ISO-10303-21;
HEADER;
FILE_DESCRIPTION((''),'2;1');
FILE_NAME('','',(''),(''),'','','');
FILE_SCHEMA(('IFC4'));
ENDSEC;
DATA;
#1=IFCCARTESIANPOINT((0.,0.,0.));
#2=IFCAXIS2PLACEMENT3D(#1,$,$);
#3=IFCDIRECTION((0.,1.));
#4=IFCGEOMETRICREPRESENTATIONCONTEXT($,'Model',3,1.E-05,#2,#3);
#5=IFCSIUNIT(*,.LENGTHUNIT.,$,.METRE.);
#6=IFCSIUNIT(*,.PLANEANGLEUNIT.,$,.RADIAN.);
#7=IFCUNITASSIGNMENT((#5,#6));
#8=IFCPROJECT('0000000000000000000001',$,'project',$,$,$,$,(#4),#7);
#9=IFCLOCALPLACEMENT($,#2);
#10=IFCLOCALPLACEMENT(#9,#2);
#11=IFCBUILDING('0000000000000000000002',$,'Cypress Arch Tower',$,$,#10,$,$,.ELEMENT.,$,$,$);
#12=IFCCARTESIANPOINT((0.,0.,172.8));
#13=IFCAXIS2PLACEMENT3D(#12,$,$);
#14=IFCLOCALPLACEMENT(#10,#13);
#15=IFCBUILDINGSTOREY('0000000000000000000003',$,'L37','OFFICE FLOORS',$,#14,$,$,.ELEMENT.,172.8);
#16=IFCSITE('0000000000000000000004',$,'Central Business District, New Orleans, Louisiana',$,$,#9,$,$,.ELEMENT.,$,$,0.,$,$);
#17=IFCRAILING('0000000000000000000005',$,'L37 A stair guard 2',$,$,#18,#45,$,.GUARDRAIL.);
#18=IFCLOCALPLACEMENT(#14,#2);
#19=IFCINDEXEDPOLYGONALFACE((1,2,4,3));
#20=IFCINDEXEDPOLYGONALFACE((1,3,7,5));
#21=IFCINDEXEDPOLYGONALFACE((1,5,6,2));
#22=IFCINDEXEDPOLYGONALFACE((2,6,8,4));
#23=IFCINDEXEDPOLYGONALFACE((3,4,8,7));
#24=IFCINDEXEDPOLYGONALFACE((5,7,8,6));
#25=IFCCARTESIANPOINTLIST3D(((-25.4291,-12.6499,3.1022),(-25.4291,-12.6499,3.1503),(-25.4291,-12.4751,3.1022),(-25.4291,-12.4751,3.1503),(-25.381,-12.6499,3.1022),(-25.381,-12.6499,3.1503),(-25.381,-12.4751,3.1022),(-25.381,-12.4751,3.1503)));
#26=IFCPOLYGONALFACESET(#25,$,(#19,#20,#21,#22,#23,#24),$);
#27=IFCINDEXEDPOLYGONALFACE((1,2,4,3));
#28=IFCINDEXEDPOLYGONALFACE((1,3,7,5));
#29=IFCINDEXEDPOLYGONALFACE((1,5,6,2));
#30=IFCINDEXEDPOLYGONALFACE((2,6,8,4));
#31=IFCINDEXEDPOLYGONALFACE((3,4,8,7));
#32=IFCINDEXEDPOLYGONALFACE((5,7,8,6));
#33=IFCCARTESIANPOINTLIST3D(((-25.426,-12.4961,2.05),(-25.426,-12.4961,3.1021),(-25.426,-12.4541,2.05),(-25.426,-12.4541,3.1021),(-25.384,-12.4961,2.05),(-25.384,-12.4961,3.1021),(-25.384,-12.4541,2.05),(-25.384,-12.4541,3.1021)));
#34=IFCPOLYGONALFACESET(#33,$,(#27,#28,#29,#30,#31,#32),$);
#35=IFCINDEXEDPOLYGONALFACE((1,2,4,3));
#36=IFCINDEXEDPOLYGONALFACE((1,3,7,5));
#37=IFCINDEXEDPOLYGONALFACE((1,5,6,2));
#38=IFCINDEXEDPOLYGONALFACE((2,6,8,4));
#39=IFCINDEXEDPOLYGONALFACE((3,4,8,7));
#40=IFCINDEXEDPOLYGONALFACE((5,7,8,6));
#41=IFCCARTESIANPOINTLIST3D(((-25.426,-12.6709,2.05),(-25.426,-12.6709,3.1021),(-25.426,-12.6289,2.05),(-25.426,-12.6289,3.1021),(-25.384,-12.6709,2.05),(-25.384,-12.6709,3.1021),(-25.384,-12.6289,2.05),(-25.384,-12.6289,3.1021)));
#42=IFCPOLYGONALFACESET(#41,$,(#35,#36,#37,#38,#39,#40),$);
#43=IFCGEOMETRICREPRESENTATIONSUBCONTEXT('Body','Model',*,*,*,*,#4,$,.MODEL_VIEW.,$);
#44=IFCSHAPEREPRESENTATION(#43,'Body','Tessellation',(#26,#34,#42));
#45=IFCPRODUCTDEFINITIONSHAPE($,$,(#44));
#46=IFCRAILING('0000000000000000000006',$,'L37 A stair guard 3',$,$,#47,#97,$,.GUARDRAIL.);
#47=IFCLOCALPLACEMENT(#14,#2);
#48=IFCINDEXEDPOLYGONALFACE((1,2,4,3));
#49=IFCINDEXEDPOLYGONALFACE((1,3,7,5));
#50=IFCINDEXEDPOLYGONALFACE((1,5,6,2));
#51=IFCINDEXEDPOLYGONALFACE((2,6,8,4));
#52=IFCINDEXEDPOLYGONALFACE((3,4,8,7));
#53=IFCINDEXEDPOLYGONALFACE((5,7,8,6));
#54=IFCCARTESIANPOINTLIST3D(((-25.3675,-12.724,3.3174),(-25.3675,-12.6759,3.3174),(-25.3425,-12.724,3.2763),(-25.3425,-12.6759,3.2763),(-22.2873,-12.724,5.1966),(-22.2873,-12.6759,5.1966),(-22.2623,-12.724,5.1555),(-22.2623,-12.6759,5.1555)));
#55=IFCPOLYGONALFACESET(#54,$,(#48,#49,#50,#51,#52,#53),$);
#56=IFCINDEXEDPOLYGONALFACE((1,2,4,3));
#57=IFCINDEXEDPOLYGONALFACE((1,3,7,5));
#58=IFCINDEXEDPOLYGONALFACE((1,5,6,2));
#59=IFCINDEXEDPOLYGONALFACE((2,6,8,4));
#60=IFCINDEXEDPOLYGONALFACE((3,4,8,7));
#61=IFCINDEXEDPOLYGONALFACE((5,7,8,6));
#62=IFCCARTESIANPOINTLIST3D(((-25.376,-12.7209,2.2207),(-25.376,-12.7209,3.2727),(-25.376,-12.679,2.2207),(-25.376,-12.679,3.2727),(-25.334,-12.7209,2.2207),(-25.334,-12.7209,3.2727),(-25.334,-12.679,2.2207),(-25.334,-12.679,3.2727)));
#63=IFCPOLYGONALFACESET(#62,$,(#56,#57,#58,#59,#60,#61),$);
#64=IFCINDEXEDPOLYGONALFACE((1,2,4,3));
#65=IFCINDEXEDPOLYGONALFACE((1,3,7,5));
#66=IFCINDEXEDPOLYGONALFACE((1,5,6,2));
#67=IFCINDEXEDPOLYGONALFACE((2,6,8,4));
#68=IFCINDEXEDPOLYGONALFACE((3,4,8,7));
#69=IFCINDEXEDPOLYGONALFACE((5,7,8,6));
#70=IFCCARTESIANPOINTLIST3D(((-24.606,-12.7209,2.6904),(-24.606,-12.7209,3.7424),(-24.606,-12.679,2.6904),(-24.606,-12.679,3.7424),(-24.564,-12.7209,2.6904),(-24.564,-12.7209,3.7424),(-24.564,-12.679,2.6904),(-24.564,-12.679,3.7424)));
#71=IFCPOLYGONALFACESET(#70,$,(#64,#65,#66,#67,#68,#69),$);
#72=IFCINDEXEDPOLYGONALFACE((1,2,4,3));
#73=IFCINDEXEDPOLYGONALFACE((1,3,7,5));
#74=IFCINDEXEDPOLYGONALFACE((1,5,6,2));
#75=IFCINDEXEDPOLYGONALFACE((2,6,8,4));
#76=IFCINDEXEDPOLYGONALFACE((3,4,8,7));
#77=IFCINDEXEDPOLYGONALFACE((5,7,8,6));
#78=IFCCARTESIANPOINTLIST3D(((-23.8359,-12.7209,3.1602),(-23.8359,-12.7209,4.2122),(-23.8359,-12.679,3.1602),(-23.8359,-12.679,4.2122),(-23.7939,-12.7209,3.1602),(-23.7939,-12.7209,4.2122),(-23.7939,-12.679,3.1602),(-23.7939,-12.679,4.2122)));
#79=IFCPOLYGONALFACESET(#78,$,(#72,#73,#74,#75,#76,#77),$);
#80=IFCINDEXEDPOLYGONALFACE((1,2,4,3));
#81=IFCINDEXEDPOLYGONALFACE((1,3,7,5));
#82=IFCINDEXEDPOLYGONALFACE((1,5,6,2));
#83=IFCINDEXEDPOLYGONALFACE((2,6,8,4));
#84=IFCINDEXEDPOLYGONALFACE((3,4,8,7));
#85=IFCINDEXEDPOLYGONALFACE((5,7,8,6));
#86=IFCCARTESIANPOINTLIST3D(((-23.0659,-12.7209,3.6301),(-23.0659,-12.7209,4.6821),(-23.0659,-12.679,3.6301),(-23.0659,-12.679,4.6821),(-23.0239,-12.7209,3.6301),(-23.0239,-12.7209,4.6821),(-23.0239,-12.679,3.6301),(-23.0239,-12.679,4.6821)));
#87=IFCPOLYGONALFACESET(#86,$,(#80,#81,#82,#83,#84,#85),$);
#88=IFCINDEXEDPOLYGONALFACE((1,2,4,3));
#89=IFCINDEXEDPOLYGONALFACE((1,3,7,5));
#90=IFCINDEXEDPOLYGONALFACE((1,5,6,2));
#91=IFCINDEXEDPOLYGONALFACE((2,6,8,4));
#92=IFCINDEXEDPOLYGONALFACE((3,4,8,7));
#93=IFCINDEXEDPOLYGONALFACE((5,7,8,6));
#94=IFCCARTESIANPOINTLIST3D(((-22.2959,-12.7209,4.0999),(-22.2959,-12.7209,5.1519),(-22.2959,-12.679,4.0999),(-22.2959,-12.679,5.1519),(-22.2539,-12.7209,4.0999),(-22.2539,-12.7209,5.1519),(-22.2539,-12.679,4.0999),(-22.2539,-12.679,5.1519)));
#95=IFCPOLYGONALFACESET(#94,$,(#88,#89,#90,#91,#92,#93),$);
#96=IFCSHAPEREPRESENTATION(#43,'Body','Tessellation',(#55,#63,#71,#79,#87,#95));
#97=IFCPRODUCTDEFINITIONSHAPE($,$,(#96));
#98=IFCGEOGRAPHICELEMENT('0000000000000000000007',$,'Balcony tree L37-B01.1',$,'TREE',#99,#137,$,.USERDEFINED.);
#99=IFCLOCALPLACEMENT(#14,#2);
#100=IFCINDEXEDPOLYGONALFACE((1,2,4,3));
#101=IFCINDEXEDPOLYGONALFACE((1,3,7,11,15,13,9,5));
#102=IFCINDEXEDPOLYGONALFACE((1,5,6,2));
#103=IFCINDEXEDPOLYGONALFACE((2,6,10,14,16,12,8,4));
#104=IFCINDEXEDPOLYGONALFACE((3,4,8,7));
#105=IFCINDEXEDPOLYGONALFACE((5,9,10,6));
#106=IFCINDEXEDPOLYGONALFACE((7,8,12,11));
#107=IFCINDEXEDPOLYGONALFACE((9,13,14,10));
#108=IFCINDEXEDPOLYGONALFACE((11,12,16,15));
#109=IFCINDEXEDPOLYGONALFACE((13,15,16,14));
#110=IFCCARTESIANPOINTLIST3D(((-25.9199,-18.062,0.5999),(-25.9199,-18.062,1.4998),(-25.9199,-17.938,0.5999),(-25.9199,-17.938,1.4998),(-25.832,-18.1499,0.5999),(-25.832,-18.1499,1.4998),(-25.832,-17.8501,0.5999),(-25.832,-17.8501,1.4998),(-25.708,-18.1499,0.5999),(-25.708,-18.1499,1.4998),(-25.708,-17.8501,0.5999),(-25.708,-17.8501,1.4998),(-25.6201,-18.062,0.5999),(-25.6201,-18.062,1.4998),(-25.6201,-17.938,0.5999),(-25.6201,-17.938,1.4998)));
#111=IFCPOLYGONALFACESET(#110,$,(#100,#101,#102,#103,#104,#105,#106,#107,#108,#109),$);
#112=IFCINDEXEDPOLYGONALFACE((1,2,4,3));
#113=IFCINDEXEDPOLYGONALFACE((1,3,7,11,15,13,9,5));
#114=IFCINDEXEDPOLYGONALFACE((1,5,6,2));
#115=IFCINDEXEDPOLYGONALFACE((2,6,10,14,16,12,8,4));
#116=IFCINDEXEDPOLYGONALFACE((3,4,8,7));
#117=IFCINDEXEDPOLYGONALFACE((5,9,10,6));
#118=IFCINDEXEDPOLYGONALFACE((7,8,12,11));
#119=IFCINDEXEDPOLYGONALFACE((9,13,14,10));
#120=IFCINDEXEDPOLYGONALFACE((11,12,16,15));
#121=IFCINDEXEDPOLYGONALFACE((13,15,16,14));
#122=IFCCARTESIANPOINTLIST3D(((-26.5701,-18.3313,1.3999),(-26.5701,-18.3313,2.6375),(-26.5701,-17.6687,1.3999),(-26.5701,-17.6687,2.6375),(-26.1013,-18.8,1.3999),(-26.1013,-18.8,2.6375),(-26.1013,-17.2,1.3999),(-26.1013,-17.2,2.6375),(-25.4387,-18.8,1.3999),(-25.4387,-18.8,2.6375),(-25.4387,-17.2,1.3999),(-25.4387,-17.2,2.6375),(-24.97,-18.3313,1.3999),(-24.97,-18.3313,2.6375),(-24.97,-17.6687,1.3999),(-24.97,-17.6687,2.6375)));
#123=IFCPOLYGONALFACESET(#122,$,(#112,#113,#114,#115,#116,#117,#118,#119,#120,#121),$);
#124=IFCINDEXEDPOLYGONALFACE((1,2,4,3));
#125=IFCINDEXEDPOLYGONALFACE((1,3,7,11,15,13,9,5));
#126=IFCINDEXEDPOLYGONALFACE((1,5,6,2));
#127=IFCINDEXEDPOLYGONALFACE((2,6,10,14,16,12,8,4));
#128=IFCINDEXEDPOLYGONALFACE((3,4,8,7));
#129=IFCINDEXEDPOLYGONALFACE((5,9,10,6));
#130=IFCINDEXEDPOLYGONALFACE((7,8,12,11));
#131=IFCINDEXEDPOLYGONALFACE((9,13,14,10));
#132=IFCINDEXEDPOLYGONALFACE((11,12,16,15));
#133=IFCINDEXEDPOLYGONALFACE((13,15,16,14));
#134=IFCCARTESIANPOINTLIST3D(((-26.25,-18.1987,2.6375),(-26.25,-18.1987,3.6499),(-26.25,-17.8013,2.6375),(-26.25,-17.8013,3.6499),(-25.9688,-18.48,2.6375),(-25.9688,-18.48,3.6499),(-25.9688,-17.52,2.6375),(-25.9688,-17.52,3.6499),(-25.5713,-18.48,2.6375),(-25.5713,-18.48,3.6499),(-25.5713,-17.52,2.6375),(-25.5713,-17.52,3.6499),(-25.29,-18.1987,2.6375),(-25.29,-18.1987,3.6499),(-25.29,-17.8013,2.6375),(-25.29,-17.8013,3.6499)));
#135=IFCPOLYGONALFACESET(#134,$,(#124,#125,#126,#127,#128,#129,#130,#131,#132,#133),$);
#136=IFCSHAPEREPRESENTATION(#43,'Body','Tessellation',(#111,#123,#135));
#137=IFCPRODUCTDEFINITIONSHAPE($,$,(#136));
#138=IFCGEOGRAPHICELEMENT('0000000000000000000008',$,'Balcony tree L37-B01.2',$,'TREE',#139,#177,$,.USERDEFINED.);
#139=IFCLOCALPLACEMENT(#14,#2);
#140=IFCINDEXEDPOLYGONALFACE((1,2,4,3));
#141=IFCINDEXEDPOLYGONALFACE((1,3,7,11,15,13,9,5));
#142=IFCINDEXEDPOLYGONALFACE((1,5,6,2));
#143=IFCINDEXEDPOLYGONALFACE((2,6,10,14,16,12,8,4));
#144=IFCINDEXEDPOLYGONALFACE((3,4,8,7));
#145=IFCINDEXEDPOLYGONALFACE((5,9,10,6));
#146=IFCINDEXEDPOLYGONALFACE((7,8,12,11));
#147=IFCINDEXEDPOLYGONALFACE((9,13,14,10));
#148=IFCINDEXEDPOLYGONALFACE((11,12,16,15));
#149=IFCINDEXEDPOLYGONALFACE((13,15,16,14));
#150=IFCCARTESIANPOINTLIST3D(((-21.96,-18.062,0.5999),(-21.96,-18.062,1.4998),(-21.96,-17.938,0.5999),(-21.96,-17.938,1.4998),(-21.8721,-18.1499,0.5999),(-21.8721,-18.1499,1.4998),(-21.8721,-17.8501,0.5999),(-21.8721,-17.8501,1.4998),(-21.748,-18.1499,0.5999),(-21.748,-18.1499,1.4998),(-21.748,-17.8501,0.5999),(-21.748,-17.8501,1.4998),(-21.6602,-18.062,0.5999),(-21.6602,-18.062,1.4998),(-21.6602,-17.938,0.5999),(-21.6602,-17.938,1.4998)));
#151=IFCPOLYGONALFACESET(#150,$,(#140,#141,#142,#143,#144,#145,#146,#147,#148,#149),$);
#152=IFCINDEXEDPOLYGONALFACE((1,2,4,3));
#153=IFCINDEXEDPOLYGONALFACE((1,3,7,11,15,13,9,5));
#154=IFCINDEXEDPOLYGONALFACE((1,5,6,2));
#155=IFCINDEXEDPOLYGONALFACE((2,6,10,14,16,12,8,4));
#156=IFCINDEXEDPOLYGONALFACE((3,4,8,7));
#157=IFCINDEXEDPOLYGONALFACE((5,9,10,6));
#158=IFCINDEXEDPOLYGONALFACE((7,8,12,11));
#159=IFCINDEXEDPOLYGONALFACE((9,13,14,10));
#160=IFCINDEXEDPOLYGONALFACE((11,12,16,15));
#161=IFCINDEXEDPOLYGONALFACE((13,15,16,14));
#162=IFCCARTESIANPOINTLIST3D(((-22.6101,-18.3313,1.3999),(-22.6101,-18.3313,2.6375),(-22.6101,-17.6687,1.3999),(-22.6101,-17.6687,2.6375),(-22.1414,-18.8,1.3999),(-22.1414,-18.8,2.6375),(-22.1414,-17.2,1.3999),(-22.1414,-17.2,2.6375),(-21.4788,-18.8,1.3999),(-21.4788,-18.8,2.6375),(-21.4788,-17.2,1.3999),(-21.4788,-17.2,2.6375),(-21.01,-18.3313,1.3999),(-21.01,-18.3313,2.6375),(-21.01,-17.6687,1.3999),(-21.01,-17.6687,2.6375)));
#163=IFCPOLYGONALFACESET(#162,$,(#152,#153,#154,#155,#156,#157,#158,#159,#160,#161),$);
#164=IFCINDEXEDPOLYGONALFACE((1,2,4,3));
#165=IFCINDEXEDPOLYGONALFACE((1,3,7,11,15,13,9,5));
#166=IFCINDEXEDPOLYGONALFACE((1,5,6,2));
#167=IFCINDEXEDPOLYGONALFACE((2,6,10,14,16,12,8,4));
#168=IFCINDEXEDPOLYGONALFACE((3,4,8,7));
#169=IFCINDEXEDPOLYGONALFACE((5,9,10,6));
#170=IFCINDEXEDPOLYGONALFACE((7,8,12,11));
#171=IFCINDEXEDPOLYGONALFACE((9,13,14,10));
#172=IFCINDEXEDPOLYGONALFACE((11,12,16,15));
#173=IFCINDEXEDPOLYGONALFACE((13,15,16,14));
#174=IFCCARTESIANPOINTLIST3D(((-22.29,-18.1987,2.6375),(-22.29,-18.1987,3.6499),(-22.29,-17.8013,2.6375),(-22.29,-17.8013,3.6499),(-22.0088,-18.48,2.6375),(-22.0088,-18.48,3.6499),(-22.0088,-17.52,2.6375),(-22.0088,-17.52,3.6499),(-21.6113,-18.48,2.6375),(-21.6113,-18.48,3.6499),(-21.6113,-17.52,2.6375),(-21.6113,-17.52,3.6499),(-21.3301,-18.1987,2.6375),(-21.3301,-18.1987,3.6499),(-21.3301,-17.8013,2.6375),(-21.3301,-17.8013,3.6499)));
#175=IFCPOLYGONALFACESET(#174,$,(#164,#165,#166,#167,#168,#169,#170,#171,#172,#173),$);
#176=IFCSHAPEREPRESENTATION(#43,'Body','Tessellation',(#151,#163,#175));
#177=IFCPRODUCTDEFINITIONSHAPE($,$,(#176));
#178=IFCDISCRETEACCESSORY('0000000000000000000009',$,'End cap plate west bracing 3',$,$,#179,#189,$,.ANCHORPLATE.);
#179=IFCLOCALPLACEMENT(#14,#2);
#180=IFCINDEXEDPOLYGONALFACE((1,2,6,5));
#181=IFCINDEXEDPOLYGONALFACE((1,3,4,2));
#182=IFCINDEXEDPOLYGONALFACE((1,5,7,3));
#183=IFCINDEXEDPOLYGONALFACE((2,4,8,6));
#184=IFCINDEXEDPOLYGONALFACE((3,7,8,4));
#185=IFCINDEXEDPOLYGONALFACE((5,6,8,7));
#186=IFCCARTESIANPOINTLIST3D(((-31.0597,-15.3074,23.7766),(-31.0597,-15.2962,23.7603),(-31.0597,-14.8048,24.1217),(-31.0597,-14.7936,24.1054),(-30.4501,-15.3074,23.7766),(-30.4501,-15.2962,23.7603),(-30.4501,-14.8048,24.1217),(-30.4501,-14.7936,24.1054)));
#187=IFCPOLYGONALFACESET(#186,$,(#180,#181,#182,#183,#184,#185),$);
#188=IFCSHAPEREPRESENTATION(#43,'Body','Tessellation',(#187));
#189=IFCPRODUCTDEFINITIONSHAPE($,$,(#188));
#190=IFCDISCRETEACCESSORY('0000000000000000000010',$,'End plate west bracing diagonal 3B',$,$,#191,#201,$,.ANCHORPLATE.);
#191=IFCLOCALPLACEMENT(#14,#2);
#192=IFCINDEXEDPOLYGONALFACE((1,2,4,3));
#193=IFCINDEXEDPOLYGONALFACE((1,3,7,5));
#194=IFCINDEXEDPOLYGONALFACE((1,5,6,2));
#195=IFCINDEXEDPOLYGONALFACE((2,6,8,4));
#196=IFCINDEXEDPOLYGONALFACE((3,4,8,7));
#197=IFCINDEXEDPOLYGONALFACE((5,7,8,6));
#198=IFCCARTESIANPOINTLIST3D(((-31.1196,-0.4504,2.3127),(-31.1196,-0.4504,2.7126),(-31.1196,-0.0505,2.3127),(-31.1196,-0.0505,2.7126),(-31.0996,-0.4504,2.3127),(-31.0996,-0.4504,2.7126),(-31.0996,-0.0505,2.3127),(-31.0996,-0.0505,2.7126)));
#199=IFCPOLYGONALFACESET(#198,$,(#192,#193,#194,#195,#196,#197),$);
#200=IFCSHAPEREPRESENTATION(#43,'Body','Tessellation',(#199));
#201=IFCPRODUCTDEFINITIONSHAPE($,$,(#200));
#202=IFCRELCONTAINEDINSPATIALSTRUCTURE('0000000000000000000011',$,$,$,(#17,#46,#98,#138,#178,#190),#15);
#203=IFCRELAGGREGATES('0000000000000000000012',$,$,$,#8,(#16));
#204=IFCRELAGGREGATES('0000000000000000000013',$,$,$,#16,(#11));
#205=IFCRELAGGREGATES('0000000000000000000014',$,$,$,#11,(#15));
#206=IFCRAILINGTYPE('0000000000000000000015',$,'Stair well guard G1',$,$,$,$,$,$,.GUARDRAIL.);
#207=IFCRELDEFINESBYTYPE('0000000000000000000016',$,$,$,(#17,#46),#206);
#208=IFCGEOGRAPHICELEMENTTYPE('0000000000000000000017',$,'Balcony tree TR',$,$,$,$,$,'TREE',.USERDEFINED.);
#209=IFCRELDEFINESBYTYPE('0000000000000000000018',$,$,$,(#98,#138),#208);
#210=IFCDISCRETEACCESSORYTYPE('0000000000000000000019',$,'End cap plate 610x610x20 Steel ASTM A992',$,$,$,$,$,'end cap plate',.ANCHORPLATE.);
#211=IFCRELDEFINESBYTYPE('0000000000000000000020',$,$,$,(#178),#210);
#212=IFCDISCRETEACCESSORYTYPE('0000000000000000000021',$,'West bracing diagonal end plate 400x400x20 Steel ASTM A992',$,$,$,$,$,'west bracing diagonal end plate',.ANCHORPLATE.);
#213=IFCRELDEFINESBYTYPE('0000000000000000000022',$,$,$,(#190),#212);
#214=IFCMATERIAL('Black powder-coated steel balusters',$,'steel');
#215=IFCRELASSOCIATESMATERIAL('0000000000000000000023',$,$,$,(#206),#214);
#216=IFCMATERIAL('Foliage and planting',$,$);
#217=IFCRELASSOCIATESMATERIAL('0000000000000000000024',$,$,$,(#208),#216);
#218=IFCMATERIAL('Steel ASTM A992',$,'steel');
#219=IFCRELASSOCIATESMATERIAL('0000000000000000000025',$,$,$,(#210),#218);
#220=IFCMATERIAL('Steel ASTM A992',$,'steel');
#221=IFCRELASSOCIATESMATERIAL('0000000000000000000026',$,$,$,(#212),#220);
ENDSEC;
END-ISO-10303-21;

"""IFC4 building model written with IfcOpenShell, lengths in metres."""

from ifc_helpers import new_model, si_unit, direction, frame, origin, origin_2d, place, context, subcontext, project, spatial, polyline, rectangle, outline, extrude, material, material_profile, profile_set, type_object, element, save


model = new_model("IFC4")

# Units and contexts
model_context = context("Model", 3, precision=1e-05, world=origin(), true_north=direction((0.0, 1.0)))
body_context = subcontext(model_context, "Body", "Model", "MODEL_VIEW")
ifc_project = project(units=[si_unit("LENGTHUNIT", "METRE"), si_unit("PLANEANGLEUNIT", "RADIAN")], contexts=[model_context])

# Site, building, storey
site_placement = place(None, origin())
site = spatial("IfcSite", under=ifc_project, at=site_placement, Name="Central Business District, New Orleans, Louisiana", CompositionType="ELEMENT", RefElevation=0.0)
building_placement = place(site_placement, origin())
building = spatial("IfcBuilding", under=site, at=building_placement, Name="Cypress Arch Tower", CompositionType="ELEMENT")
storey_placement = place(building_placement, frame((0.0, 0.0, 172.8)))
storey = spatial("IfcBuildingStorey", under=building, at=storey_placement, Name="L37", Description="OFFICE FLOORS", CompositionType="ELEMENT", Elevation=172.8)

# Railings
ifc_material_1 = material(Name="Black powder-coated steel balusters", Category="steel")
railing_type_1 = type_object("IfcRailingType", Name="Stair well guard G1", PredefinedType="GUARDRAIL", material=ifc_material_1)
railing_1_placement = place(storey_placement, frame((-25.405, -12.4751, 2.05)))
element("IfcRailing", 1, at=railing_1_placement, inside=storey, type_object=railing_type_1, Name="L37 A stair guard 2", PredefinedType="GUARDRAIL", context=body_context, shape_type="SweptSolid", body=[
    extrude(rectangle(XDim=0.0481, YDim=0.0481, at=origin_2d()), frame((0.0, 0.0, 1.0762), z_axis=(0.0, -1.0, 0.0), x_axis=(1.0, 0.0, 0.0)), (0.0, 0.0, 1.0), 0.1748),
    extrude(rectangle(XDim=0.042, YDim=0.042, at=origin_2d()), origin(), (0.0, 0.0, 1.0), 1.052),
    extrude(rectangle(XDim=0.042, YDim=0.042, at=origin_2d()), frame((0.0, -0.1748, 0.0)), (0.0, 0.0, 1.0), 1.052),
])
railing_2_placement = place(storey_placement, frame((-25.355, -12.7, 2.2207)))
element("IfcRailing", 2, at=railing_2_placement, inside=storey, type_object=railing_type_1, Name="L37 A stair guard 3", PredefinedType="GUARDRAIL", context=body_context, shape_type="SweptSolid", body=[
    extrude(rectangle(XDim=0.0481, YDim=0.0481, at=origin_2d()), frame((0.0, 0.0, 1.0762), z_axis=(0.853666, 0.0, 0.52082), x_axis=(0.0, 1.0, 0.0)), (0.0, 0.0, 1.0), 3.6082),
    extrude(rectangle(XDim=0.042, YDim=0.042, at=origin_2d()), origin(), (0.0, 0.0, 1.0), 1.052),
    extrude(rectangle(XDim=0.042, YDim=0.042, at=origin_2d()), frame((0.77, 0.0, 0.4697)), (0.0, 0.0, 1.0), 1.052),
    extrude(rectangle(XDim=0.042, YDim=0.042, at=origin_2d()), frame((1.54, 0.0, 0.9395)), (0.0, 0.0, 1.0), 1.052),
    extrude(rectangle(XDim=0.042, YDim=0.042, at=origin_2d()), frame((2.3101, 0.0, 1.4094)), (0.0, 0.0, 1.0), 1.052),
    extrude(rectangle(XDim=0.042, YDim=0.042, at=origin_2d()), frame((3.0801, 0.0, 1.8792)), (0.0, 0.0, 1.0), 1.052),
])

# Geographic elements
ifc_material_2 = material(Name="Foliage and planting")
geographic_element_type = type_object("IfcGeographicElementType", Name="Balcony tree TR", ElementType="TREE", PredefinedType="USERDEFINED", material=ifc_material_2)
for number, where, z_axis, x_axis, name in (
    (3, (-25.77, -18.0, 0.5999), (0.0, 0.0, 1.0), (1.0, 0.0, 0.0), "Balcony tree L37-B01.1"),
    (4, (-21.8101, -18.0, 0.5999), (0.0, 0.0, 1.0), (1.0, 0.0, 0.0), "Balcony tree L37-B01.2"),
):
    element("IfcGeographicElement", number, at=place(storey_placement, frame(where, z_axis=z_axis, x_axis=x_axis)), inside=storey, type_object=geographic_element_type, Name=name, ObjectType="TREE", PredefinedType="USERDEFINED", context=body_context, shape_type="SweptSolid", body=[
        extrude(outline(polyline([(0.1499, 0.062), (0.062, 0.1499), (-0.062, 0.1499), (-0.1499, 0.062), (-0.1499, -0.062), (-0.062, -0.1499), (0.062, -0.1499), (0.1499, -0.062), (0.1499, 0.062)])), origin(), (0.0, 0.0, 1.0), 0.8999),
        extrude(outline(polyline([(0.8, 0.3313), (0.3313, 0.8), (-0.3313, 0.8), (-0.8, 0.3313), (-0.8, -0.3313), (-0.3313, -0.8), (0.3313, -0.8), (0.8, -0.3313), (0.8, 0.3313)])), frame((0.0, 0.0, 0.8)), (0.0, 0.0, 1.0), 1.2375),
        extrude(outline(polyline([(0.48, 0.1987), (0.1987, 0.48), (-0.1987, 0.48), (-0.48, 0.1987), (-0.48, -0.1987), (-0.1987, -0.48), (0.1987, -0.48), (0.48, -0.1987), (0.48, 0.1987)])), frame((0.0, 0.0, 2.0376)), (0.0, 0.0, 1.0), 1.0125),
    ])

# Discrete accessories
ifc_material_3 = material(Name="Steel ASTM A992", Category="steel")
ifc_material_profile_1 = material_profile(ifc_material_3, rectangle(XDim=0.6096, YDim=0.6096, at=origin_2d()), Name="PL 20 610x610")
ifc_profile_set_1 = profile_set([ifc_material_profile_1], Name="Steel ASTM A992")
discrete_accessory_type_1 = type_object("IfcDiscreteAccessoryType", Name="End cap plate 610x610x20 Steel ASTM A992", ElementType="end cap plate", PredefinedType="ANCHORPLATE", material=ifc_profile_set_1)
discrete_accessory_1_placement = place(storey_placement, frame((-30.7549, -15.0449, 23.9329), z_axis=(0.0, -0.566007, 0.824401), x_axis=(1.0, 0.0, 0.0)))
element("IfcDiscreteAccessory", 5, at=discrete_accessory_1_placement, inside=storey, type_object=discrete_accessory_type_1, Name="End cap plate west bracing 3", PredefinedType="ANCHORPLATE", context=body_context, shape_type="SweptSolid", body=[
    extrude(rectangle(XDim=0.6096, YDim=0.6096, at=origin_2d()), origin(), (0.0, 0.0, 1.0), 0.0198),
])
ifc_material_4 = material(Name="Steel ASTM A992", Category="steel")
ifc_material_profile_2 = material_profile(ifc_material_4, rectangle(XDim=0.3999, YDim=0.3999, at=origin_2d()), Name="PL 20 400x400")
ifc_profile_set_2 = profile_set([ifc_material_profile_2], Name="Steel ASTM A992")
discrete_accessory_type_2 = type_object("IfcDiscreteAccessoryType", Name="West bracing diagonal end plate 400x400x20 Steel ASTM A992", ElementType="west bracing diagonal end plate", PredefinedType="ANCHORPLATE", material=ifc_profile_set_2)
discrete_accessory_2_placement = place(storey_placement, frame((-31.0996, -0.2505, 2.5127), z_axis=(-1.0, 0.0, 0.0), x_axis=(0.0, -1.0, 0.0)))
element("IfcDiscreteAccessory", 6, at=discrete_accessory_2_placement, inside=storey, type_object=discrete_accessory_type_2, Name="End plate west bracing diagonal 3B", PredefinedType="ANCHORPLATE", context=body_context, shape_type="SweptSolid", body=[
    extrude(rectangle(XDim=0.3999, YDim=0.3999, at=origin_2d()), origin(), (0.0, 0.0, 1.0), 0.02),
])

save(model, "model.ifc")
